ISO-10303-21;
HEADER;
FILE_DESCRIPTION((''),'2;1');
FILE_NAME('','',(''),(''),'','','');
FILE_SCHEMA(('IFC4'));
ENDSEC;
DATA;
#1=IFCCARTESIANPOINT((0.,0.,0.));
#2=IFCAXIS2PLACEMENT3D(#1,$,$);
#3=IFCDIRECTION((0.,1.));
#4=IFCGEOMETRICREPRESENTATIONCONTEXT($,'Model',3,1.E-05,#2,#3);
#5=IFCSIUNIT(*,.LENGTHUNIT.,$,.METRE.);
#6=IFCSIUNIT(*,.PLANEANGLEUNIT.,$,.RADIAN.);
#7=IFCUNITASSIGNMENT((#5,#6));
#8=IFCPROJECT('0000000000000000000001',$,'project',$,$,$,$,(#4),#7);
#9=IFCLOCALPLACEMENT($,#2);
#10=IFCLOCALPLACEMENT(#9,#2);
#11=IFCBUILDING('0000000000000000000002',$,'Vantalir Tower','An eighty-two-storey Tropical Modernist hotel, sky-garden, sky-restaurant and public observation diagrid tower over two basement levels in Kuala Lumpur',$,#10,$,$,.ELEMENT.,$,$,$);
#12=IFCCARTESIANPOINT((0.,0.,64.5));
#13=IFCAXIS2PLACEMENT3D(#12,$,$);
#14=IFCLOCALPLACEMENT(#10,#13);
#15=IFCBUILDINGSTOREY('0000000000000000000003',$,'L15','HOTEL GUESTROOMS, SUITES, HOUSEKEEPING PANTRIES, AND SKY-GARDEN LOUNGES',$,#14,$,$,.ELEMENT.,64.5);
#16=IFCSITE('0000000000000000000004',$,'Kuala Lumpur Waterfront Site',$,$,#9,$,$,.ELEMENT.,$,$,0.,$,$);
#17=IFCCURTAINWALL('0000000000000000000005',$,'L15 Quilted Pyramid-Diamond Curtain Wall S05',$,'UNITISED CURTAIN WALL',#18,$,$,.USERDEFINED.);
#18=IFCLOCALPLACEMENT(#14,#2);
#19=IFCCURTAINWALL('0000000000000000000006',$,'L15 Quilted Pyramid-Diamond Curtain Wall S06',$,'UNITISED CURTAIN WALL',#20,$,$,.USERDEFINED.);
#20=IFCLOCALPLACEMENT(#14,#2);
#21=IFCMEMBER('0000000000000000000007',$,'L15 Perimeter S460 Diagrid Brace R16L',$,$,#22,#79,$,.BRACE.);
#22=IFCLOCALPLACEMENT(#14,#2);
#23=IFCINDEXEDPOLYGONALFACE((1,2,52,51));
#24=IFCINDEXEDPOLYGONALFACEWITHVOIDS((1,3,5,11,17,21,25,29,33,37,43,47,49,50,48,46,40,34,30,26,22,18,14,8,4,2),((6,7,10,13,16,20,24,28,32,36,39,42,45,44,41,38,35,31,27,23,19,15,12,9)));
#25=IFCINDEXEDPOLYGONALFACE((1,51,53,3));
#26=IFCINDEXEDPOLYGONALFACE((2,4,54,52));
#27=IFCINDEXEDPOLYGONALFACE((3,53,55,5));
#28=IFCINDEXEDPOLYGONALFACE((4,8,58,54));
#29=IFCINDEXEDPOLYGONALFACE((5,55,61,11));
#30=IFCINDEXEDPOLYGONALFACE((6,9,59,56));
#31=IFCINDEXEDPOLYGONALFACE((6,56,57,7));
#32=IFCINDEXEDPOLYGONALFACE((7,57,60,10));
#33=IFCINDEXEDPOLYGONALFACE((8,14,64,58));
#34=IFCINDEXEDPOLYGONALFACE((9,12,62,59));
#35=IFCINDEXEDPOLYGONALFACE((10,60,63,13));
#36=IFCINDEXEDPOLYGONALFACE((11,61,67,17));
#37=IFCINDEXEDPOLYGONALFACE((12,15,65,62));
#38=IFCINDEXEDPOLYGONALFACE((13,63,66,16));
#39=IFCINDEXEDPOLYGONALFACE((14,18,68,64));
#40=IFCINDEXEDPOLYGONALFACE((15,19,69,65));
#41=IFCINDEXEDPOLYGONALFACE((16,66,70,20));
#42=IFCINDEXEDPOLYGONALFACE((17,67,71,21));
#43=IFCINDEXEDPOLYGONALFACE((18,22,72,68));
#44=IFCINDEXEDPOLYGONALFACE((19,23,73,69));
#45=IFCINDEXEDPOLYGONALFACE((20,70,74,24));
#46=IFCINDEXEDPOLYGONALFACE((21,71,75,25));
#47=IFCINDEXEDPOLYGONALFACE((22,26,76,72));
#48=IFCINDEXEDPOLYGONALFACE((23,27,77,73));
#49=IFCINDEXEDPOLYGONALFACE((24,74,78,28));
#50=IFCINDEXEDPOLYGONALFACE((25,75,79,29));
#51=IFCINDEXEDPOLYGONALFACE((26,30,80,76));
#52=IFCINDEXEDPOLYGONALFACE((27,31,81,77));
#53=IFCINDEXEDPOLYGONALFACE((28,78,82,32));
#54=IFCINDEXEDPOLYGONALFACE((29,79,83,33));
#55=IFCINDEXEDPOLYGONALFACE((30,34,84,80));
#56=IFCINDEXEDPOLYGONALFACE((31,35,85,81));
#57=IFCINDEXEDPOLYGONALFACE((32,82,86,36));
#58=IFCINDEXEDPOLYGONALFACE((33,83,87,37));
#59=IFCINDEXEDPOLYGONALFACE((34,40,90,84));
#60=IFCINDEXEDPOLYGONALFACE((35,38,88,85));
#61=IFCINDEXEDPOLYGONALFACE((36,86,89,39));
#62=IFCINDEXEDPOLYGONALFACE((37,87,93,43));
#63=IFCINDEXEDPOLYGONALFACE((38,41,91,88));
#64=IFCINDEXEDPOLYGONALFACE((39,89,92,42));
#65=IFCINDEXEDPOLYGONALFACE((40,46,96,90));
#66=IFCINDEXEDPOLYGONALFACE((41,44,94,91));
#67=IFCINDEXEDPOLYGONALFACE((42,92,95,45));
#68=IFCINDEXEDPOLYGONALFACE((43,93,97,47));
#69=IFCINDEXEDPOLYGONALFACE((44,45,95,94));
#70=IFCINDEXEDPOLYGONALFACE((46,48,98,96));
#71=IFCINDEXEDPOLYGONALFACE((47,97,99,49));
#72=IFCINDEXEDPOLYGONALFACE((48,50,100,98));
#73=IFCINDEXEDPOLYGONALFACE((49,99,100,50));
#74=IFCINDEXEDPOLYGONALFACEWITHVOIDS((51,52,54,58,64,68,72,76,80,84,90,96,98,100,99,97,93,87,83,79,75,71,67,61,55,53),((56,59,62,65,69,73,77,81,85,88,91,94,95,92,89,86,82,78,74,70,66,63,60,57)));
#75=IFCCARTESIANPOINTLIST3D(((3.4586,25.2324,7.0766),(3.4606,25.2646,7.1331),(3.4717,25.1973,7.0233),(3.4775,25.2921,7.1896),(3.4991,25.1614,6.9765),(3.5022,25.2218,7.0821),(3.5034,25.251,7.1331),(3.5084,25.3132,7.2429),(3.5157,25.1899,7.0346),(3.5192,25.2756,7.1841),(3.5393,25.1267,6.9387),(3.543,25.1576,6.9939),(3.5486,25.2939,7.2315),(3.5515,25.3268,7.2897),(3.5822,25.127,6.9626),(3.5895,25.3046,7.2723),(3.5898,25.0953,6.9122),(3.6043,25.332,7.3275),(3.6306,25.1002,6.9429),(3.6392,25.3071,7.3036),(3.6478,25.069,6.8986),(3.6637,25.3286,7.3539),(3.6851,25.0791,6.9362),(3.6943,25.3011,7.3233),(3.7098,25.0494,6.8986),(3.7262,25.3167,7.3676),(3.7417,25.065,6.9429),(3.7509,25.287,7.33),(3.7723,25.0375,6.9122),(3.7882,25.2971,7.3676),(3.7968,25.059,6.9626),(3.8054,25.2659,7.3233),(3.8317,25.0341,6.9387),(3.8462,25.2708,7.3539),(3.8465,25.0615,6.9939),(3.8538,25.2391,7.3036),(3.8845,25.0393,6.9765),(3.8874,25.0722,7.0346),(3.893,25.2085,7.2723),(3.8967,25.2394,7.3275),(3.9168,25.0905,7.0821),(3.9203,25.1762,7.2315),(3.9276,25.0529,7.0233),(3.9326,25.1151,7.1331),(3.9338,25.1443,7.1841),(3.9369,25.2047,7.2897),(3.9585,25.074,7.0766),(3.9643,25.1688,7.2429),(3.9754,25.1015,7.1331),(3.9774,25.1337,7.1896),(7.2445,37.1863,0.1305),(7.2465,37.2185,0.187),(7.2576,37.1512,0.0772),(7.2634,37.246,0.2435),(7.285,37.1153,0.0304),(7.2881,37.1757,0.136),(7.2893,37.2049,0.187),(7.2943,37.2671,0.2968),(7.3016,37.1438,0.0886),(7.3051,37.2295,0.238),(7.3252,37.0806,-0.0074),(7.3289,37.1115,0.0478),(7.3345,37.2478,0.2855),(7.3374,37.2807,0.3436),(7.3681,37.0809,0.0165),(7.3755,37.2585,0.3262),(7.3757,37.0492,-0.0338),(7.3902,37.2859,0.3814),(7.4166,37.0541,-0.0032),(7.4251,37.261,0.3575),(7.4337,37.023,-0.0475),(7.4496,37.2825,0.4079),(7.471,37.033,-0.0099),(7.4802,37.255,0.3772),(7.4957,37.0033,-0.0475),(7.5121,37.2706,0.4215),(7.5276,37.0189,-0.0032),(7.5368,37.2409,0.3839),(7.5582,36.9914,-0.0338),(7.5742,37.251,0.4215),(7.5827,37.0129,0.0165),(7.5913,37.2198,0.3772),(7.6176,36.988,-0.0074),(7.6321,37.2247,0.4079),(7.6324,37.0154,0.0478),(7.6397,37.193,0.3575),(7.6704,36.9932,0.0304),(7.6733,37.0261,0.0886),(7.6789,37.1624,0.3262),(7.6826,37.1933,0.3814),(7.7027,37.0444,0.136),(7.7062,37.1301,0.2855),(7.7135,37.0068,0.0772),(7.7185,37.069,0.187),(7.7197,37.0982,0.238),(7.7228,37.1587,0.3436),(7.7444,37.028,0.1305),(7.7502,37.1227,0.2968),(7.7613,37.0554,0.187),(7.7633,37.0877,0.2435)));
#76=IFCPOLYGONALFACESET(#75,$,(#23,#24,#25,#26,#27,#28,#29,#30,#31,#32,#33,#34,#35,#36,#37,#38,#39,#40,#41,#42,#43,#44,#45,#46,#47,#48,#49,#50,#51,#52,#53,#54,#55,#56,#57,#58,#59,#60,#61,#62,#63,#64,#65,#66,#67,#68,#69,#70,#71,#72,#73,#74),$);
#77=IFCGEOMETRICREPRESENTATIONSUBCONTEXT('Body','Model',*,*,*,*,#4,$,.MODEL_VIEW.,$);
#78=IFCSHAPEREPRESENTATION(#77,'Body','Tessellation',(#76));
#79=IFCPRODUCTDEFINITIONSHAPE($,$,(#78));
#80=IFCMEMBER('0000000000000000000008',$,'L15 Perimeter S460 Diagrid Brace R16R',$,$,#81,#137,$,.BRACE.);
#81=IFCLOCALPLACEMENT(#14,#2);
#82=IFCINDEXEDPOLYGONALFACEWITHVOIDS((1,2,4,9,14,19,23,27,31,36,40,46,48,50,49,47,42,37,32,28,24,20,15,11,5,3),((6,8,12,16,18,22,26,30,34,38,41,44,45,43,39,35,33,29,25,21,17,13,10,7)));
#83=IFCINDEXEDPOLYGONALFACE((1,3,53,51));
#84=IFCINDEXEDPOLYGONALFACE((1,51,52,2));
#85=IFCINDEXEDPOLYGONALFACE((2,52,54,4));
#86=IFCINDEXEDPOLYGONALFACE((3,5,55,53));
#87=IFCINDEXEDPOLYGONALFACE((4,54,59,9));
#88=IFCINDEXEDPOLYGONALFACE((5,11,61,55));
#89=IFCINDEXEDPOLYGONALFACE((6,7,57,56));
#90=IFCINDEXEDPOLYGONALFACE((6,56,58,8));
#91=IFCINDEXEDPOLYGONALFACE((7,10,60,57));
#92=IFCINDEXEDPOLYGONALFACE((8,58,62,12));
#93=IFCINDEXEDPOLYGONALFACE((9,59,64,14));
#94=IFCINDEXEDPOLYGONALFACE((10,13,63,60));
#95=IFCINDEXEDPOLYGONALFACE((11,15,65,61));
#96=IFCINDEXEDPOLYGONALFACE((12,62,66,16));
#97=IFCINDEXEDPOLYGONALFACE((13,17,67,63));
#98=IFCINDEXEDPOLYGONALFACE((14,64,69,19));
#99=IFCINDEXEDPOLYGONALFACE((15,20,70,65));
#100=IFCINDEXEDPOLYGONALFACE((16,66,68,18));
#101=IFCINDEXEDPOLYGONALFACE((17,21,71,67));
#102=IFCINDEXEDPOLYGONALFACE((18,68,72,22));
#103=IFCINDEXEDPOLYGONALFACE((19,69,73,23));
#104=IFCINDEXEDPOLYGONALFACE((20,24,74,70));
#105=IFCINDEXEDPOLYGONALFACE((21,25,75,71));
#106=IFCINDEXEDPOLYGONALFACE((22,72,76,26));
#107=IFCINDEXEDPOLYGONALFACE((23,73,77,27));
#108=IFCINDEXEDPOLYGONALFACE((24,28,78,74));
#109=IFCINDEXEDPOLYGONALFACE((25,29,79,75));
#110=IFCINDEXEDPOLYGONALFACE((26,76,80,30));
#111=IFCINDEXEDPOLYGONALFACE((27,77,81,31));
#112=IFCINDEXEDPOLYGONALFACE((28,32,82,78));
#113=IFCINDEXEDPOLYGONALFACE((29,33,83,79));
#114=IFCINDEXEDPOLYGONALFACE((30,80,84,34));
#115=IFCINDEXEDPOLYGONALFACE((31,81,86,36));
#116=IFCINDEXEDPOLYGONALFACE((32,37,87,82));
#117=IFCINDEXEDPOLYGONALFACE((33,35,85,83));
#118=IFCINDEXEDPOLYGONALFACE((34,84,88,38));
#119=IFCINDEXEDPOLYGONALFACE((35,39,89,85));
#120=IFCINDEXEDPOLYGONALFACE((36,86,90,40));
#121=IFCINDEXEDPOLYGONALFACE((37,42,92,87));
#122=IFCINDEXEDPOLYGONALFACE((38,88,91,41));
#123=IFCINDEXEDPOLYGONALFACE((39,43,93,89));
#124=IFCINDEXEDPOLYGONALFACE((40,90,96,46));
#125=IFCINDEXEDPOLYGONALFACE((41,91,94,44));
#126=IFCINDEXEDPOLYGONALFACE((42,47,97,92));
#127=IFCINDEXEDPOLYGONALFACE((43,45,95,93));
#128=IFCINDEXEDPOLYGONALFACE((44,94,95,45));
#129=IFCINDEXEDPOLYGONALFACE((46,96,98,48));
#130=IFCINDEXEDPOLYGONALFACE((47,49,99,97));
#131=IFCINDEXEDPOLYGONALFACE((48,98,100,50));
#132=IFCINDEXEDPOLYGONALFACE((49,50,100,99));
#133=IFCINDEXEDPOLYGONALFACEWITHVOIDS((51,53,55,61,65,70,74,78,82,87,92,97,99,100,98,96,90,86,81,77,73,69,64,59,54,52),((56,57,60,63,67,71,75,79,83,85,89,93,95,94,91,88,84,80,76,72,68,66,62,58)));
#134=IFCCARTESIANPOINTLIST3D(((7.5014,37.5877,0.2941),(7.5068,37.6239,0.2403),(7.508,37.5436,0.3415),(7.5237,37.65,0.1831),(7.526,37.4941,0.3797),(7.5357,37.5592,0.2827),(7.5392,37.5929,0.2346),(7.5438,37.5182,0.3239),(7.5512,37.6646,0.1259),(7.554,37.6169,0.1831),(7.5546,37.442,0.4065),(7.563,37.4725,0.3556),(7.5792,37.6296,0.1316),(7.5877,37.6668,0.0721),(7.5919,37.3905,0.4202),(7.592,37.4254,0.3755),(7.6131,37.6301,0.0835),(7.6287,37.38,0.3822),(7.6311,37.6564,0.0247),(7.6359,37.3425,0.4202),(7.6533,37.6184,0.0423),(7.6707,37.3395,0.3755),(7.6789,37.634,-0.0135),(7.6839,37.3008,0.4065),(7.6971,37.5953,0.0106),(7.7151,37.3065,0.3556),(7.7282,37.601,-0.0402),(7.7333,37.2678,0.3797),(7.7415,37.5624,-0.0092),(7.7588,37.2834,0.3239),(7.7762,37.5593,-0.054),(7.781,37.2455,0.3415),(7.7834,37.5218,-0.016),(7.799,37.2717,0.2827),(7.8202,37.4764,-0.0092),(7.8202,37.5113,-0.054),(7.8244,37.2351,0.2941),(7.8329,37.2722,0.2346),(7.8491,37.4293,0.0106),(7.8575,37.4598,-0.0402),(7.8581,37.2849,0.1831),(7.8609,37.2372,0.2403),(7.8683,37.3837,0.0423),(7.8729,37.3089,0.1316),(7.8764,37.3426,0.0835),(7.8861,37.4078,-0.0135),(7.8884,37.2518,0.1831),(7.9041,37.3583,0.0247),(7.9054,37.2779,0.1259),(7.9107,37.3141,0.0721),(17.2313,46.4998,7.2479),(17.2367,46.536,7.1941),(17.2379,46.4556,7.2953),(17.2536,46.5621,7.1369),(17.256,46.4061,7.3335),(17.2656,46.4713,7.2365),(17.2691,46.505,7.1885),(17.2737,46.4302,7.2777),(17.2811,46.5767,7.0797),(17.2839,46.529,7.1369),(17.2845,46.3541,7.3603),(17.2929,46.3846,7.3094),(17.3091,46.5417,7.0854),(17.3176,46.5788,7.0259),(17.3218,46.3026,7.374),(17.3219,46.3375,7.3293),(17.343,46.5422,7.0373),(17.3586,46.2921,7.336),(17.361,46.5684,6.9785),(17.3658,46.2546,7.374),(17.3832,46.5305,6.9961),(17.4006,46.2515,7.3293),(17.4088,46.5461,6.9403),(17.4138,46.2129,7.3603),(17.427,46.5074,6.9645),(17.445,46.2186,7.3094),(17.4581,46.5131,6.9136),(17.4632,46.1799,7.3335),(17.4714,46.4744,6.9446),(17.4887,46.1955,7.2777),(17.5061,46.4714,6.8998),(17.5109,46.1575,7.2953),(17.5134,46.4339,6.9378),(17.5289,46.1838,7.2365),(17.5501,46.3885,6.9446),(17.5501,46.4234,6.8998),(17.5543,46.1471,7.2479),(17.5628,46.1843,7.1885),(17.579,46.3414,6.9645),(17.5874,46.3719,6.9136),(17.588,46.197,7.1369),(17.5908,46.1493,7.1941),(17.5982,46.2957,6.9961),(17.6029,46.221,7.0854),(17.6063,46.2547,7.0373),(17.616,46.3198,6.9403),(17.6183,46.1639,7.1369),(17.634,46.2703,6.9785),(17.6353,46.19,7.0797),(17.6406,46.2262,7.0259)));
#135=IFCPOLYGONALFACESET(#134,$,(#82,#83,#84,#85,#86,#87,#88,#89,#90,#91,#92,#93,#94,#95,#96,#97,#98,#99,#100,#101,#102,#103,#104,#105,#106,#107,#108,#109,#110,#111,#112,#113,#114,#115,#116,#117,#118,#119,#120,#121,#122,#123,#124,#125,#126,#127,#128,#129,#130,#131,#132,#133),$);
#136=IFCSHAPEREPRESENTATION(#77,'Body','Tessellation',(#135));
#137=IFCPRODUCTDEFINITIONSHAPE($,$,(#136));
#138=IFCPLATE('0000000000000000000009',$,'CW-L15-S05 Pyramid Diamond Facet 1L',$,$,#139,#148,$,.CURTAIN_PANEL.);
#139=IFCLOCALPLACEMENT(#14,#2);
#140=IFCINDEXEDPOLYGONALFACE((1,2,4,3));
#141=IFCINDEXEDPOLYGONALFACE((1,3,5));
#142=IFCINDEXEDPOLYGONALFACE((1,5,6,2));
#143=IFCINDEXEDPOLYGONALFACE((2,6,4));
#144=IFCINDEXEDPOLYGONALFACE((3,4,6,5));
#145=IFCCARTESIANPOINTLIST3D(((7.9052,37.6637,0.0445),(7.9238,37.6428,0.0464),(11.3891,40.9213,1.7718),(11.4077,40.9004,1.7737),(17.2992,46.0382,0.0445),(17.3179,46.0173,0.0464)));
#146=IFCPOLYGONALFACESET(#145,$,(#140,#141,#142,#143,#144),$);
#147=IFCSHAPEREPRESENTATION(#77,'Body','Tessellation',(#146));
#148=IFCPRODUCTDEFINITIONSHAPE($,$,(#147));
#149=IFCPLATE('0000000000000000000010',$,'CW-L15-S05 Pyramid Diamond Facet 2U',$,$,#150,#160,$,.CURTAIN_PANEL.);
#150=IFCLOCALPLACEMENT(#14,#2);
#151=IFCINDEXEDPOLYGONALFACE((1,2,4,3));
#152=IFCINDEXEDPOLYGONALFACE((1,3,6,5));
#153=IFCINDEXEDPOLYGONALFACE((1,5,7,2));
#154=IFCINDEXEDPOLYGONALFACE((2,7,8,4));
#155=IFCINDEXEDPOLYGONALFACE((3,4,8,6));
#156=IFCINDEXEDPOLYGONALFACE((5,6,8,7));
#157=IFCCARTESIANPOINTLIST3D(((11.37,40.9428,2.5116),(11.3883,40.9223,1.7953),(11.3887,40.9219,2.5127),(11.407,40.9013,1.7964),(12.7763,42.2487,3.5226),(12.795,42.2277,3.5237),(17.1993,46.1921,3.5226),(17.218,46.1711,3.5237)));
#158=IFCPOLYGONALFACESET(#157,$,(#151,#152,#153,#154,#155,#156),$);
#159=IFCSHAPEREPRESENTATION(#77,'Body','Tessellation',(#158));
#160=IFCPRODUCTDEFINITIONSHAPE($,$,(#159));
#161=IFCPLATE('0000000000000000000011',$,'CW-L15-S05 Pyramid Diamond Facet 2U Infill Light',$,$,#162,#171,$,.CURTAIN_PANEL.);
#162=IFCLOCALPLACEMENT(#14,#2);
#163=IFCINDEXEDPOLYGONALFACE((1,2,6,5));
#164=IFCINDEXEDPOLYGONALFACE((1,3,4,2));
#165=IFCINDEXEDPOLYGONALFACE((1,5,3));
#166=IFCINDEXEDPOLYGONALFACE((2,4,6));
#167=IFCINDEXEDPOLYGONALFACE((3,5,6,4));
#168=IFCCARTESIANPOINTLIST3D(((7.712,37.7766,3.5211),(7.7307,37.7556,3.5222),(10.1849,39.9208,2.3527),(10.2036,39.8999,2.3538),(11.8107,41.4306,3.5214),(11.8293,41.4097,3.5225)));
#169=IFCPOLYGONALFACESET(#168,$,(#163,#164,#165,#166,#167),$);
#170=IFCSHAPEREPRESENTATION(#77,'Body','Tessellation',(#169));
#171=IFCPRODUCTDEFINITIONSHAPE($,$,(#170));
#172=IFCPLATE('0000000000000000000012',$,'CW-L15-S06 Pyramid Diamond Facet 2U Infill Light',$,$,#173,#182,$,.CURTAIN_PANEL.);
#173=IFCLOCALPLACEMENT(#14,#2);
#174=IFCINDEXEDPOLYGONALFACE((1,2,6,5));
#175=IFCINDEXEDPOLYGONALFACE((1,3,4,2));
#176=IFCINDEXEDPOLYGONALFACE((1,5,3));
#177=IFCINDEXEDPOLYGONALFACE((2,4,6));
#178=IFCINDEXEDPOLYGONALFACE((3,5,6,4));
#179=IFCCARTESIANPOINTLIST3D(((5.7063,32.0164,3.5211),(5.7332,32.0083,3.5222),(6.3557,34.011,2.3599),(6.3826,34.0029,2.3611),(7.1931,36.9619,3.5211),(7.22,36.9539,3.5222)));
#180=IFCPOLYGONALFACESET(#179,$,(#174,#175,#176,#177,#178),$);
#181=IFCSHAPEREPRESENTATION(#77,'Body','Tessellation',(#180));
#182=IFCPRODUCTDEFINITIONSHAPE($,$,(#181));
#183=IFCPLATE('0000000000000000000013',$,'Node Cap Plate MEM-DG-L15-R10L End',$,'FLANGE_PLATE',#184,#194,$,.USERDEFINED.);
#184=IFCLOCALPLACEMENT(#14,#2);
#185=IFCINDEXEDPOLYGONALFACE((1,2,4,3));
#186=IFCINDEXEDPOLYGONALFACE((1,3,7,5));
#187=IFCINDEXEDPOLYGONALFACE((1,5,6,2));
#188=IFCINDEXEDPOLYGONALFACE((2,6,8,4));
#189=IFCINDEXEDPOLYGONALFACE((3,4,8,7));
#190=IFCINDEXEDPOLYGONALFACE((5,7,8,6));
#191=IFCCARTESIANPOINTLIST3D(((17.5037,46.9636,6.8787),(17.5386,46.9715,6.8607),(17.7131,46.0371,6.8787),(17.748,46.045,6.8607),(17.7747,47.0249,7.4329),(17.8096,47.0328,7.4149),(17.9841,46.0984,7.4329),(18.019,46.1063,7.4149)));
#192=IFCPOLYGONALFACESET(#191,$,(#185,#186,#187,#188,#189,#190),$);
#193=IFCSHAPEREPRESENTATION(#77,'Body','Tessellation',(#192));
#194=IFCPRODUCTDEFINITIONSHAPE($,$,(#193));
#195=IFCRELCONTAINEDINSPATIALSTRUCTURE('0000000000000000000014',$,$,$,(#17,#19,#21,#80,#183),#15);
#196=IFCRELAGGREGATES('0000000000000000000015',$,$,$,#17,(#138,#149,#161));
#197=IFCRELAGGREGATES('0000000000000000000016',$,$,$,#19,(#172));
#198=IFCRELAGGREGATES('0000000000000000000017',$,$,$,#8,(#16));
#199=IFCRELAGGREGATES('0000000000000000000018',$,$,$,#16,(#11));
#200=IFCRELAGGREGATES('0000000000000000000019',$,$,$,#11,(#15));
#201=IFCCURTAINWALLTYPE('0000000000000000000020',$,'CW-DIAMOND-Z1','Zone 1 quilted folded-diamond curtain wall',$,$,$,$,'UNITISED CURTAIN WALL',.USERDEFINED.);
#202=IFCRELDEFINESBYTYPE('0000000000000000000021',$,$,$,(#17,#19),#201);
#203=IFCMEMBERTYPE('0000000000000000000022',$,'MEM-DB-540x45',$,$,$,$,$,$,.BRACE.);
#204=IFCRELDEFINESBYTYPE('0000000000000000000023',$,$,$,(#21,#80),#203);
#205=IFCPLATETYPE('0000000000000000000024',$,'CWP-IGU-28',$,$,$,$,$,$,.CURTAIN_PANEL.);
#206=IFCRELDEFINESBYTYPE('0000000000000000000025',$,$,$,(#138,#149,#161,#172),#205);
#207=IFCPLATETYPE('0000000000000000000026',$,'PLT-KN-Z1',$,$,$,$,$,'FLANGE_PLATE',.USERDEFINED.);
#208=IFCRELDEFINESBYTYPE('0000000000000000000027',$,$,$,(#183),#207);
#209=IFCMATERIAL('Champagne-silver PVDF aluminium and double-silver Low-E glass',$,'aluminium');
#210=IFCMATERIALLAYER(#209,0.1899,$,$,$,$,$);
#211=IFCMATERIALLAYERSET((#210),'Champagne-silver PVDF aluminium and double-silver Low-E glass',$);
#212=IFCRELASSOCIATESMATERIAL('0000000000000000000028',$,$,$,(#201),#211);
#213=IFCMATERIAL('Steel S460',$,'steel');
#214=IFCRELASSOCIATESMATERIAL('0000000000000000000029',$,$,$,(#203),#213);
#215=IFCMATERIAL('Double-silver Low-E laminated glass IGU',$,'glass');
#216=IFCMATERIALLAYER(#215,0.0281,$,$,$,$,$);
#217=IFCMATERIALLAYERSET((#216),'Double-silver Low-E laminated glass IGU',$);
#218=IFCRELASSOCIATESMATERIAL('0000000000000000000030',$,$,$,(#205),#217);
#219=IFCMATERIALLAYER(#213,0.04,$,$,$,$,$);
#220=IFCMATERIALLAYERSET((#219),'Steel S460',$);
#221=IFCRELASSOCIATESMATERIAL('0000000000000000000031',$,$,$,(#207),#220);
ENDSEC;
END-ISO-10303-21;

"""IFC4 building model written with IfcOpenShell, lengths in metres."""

from ifc_helpers import new_model, si_unit, direction, frame, origin, origin_2d, place, context, subcontext, project, spatial, polyline, hollow_circle, outline, extrude, material, layer, layer_set, material_profile, profile_set, type_object, element, aggregate, save


model = new_model("IFC4")

# Units and contexts
model_context = context("Model", 3, precision=1e-05, world=origin(), true_north=direction((0.0, 1.0)))
body_context = subcontext(model_context, "Body", "Model", "MODEL_VIEW")
ifc_project = project(units=[si_unit("LENGTHUNIT", "METRE"), si_unit("PLANEANGLEUNIT", "RADIAN")], contexts=[model_context])

# Site, building, storey
site_placement = place(None, origin())
site = spatial("IfcSite", under=ifc_project, at=site_placement, Name="Kuala Lumpur Waterfront Site", CompositionType="ELEMENT", RefElevation=0.0)
building_placement = place(site_placement, origin())
building = spatial("IfcBuilding", under=site, at=building_placement, Name="Vantalir Tower", Description="An eighty-two-storey Tropical Modernist hotel, sky-garden, sky-restaurant and public observation diagrid tower over two basement levels in Kuala Lumpur", CompositionType="ELEMENT")
storey_placement = place(building_placement, frame((0.0, 0.0, 64.5)))
storey = spatial("IfcBuildingStorey", under=building, at=storey_placement, Name="L15", Description="HOTEL GUESTROOMS, SUITES, HOUSEKEEPING PANTRIES, AND SKY-GARDEN LOUNGES", CompositionType="ELEMENT", Elevation=64.5)

# Shared definitions
ifc_material_1 = material(Name="Steel S460", Category="steel")

# Shared definitions
ifc_material_2 = material(Name="Champagne-silver PVDF aluminium and double-silver Low-E glass", Category="aluminium")
ifc_layer_1 = layer(ifc_material_2, 0.1899)
ifc_layer_set_1 = layer_set([ifc_layer_1], Name="Champagne-silver PVDF aluminium and double-silver Low-E glass")
curtain_wall_type = type_object("IfcCurtainWallType", Name="CW-DIAMOND-Z1", Description="Zone 1 quilted folded-diamond curtain wall", ElementType="UNITISED CURTAIN WALL", PredefinedType="USERDEFINED", material=ifc_layer_set_1)

# Curtain wall
curtain_wall_1_placement = place(storey_placement, origin())
curtain_wall_1 = element("IfcCurtainWall", 1, at=curtain_wall_1_placement, inside=storey, type_object=curtain_wall_type, Name="L15 Quilted Pyramid-Diamond Curtain Wall S05", ObjectType="UNITISED CURTAIN WALL", PredefinedType="USERDEFINED")

# Curtain wall
curtain_wall_2_placement = place(storey_placement, origin())
curtain_wall_2 = element("IfcCurtainWall", 2, at=curtain_wall_2_placement, inside=storey, type_object=curtain_wall_type, Name="L15 Quilted Pyramid-Diamond Curtain Wall S06", ObjectType="UNITISED CURTAIN WALL", PredefinedType="USERDEFINED")

# Members
ifc_material_profile_1 = material_profile(ifc_material_1, hollow_circle(Radius=0.27, WallThickness=0.0449, at=origin_2d()), Name="Steel S460")
ifc_profile_set_1 = profile_set([ifc_material_profile_1], Name="Steel S460")
member_type_1 = type_object("IfcMemberType", Name="MEM-DB-540x45", PredefinedType="BRACE", material=ifc_profile_set_1)
member_1_placement = place(storey_placement, frame((7.5039, 37.137, 0.187), z_axis=(-0.264112, -0.833928, 0.484572), x_axis=(0.953331, -0.301928, 0.0)))
element("IfcMember", 3, at=member_1_placement, inside=storey, type_object=member_type_1, Name="L15 Perimeter S460 Diagrid Brace R16L", PredefinedType="BRACE", context=body_context, shape_type="SweptSolid", body=[
    extrude(hollow_circle(Radius=0.27, WallThickness=0.0449, at=origin_2d()), origin(), (0.0, 0.0, 1.0), 14.3345),
])
member_2_placement = place(storey_placement, frame((7.7061, 37.4509, 0.1831), z_axis=(0.652366, 0.59753, 0.466235), x_axis=(-0.675435, 0.73742, 0.0)))
element("IfcMember", 4, at=member_2_placement, inside=storey, type_object=member_type_1, Name="L15 Perimeter S460 Diagrid Brace R16R", PredefinedType="BRACE", context=body_context, shape_type="SweptSolid", body=[
    extrude(hollow_circle(Radius=0.27, WallThickness=0.0449, at=origin_2d()), origin(), (0.0, 0.0, 1.0), 14.9148),
])

# Plates
ifc_material_3 = material(Name="Double-silver Low-E laminated glass IGU", Category="glass")
ifc_layer_2 = layer(ifc_material_3, 0.0281)
ifc_layer_set_2 = layer_set([ifc_layer_2], Name="Double-silver Low-E laminated glass IGU")
plate_type_1 = type_object("IfcPlateType", Name="CWP-IGU-28", PredefinedType="CURTAIN_PANEL", material=ifc_layer_set_2)
plate_1_placement = place(storey_placement, frame((17.3179, 46.0173, 0.0464), z_axis=(0.664013, -0.744851, 0.065454), x_axis=(-0.746452, -0.66544, 0.0)))
plate_1 = element("IfcPlate", 5, at=plate_1_placement, type_object=plate_type_1, Name="CW-L15-S05 Pyramid Diamond Facet 1L", PredefinedType="CURTAIN_PANEL", context=body_context, shape_type="SweptSolid", body=[
    extrude(outline(polyline([(0.0, 0.0), (12.5849, 0.0), (7.8167, -1.731), (0.0, 0.0)])), origin(), (0.0, 0.0, -1.0), 0.0281),
])
plate_2_placement = place(storey_placement, frame((17.218, 46.1711, 3.5237), z_axis=(0.664983, -0.745869, 0.038428), x_axis=(-0.74642, -0.665475, 0.0)))
plate_2 = element("IfcPlate", 6, at=plate_2_placement, type_object=plate_type_1, Name="CW-L15-S05 Pyramid Diamond Facet 2U", PredefinedType="CURTAIN_PANEL", context=body_context, shape_type="SweptSolid", body=[
    extrude(outline(polyline([(0.0, 0.0), (5.9257, 0.0), (7.8444, 1.0117), (7.8444, 1.7286), (0.0, 0.0)])), origin(), (0.0, 0.0, -1.0), 0.0281),
])
plate_3_placement = place(storey_placement, frame((11.8293, 41.4097, 3.5225), z_axis=(0.664969, -0.745876, 0.038536), x_axis=(-0.74643, -0.665464, -0.000044)))
plate_3 = element("IfcPlate", 7, at=plate_3_placement, type_object=plate_type_1, Name="CW-L15-S05 Pyramid Diamond Facet 2U Infill Light", PredefinedType="CURTAIN_PANEL", context=body_context, shape_type="SweptSolid", body=[
    extrude(outline(polyline([(0.0, 0.0), (5.491, 0.0), (2.2182, 1.1695), (0.0, 0.0)])), origin(), (0.0, 0.0, -1.0), 0.0281),
])
aggregate(curtain_wall_1, [plate_1, plate_2, plate_3])
plate_4_placement = place(storey_placement, frame((7.22, 36.9539, 3.5222), z_axis=(0.956853, -0.287665, 0.041002), x_axis=(-0.287907, -0.957658, 0.0)))
plate_4 = element("IfcPlate", 8, at=plate_4_placement, type_object=plate_type_1, Name="CW-L15-S06 Pyramid Diamond Facet 2U Infill Light", PredefinedType="CURTAIN_PANEL", context=body_context, shape_type="SweptSolid", body=[
    extrude(outline(polyline([(0.0, 0.0), (5.1642, 0.0), (3.0671, 1.1621), (0.0, 0.0)])), origin(), (0.0, 0.0, -1.0), 0.0281),
])
aggregate(curtain_wall_2, [plate_4])

# Plate
ifc_layer_3 = layer(ifc_material_1, 0.04)
ifc_layer_set_3 = layer_set([ifc_layer_3], Name="Steel S460")
plate_type_2 = type_object("IfcPlateType", Name="PLT-KN-Z1", ElementType="FLANGE_PLATE", PredefinedType="USERDEFINED", material=ifc_layer_set_3)
plate_5_placement = place(storey_placement, frame((17.5037, 46.9636, 6.8787), z_axis=(-0.871943, -0.197135, 0.448166), x_axis=(0.220521, -0.975382, 0.0)))
element("IfcPlate", 9, at=plate_5_placement, inside=storey, type_object=plate_type_2, Name="Node Cap Plate MEM-DG-L15-R10L End", ObjectType="FLANGE_PLATE", PredefinedType="USERDEFINED", context=body_context, shape_type="SweptSolid", body=[
    extrude(outline(polyline([(0.0, 0.0), (0.9499, 0.0), (0.9499, 0.6199), (0.0, 0.6199), (0.0, 0.0)])), origin(), (0.0, 0.0, -1.0), 0.04),
])

save(model, "model.ifc")
